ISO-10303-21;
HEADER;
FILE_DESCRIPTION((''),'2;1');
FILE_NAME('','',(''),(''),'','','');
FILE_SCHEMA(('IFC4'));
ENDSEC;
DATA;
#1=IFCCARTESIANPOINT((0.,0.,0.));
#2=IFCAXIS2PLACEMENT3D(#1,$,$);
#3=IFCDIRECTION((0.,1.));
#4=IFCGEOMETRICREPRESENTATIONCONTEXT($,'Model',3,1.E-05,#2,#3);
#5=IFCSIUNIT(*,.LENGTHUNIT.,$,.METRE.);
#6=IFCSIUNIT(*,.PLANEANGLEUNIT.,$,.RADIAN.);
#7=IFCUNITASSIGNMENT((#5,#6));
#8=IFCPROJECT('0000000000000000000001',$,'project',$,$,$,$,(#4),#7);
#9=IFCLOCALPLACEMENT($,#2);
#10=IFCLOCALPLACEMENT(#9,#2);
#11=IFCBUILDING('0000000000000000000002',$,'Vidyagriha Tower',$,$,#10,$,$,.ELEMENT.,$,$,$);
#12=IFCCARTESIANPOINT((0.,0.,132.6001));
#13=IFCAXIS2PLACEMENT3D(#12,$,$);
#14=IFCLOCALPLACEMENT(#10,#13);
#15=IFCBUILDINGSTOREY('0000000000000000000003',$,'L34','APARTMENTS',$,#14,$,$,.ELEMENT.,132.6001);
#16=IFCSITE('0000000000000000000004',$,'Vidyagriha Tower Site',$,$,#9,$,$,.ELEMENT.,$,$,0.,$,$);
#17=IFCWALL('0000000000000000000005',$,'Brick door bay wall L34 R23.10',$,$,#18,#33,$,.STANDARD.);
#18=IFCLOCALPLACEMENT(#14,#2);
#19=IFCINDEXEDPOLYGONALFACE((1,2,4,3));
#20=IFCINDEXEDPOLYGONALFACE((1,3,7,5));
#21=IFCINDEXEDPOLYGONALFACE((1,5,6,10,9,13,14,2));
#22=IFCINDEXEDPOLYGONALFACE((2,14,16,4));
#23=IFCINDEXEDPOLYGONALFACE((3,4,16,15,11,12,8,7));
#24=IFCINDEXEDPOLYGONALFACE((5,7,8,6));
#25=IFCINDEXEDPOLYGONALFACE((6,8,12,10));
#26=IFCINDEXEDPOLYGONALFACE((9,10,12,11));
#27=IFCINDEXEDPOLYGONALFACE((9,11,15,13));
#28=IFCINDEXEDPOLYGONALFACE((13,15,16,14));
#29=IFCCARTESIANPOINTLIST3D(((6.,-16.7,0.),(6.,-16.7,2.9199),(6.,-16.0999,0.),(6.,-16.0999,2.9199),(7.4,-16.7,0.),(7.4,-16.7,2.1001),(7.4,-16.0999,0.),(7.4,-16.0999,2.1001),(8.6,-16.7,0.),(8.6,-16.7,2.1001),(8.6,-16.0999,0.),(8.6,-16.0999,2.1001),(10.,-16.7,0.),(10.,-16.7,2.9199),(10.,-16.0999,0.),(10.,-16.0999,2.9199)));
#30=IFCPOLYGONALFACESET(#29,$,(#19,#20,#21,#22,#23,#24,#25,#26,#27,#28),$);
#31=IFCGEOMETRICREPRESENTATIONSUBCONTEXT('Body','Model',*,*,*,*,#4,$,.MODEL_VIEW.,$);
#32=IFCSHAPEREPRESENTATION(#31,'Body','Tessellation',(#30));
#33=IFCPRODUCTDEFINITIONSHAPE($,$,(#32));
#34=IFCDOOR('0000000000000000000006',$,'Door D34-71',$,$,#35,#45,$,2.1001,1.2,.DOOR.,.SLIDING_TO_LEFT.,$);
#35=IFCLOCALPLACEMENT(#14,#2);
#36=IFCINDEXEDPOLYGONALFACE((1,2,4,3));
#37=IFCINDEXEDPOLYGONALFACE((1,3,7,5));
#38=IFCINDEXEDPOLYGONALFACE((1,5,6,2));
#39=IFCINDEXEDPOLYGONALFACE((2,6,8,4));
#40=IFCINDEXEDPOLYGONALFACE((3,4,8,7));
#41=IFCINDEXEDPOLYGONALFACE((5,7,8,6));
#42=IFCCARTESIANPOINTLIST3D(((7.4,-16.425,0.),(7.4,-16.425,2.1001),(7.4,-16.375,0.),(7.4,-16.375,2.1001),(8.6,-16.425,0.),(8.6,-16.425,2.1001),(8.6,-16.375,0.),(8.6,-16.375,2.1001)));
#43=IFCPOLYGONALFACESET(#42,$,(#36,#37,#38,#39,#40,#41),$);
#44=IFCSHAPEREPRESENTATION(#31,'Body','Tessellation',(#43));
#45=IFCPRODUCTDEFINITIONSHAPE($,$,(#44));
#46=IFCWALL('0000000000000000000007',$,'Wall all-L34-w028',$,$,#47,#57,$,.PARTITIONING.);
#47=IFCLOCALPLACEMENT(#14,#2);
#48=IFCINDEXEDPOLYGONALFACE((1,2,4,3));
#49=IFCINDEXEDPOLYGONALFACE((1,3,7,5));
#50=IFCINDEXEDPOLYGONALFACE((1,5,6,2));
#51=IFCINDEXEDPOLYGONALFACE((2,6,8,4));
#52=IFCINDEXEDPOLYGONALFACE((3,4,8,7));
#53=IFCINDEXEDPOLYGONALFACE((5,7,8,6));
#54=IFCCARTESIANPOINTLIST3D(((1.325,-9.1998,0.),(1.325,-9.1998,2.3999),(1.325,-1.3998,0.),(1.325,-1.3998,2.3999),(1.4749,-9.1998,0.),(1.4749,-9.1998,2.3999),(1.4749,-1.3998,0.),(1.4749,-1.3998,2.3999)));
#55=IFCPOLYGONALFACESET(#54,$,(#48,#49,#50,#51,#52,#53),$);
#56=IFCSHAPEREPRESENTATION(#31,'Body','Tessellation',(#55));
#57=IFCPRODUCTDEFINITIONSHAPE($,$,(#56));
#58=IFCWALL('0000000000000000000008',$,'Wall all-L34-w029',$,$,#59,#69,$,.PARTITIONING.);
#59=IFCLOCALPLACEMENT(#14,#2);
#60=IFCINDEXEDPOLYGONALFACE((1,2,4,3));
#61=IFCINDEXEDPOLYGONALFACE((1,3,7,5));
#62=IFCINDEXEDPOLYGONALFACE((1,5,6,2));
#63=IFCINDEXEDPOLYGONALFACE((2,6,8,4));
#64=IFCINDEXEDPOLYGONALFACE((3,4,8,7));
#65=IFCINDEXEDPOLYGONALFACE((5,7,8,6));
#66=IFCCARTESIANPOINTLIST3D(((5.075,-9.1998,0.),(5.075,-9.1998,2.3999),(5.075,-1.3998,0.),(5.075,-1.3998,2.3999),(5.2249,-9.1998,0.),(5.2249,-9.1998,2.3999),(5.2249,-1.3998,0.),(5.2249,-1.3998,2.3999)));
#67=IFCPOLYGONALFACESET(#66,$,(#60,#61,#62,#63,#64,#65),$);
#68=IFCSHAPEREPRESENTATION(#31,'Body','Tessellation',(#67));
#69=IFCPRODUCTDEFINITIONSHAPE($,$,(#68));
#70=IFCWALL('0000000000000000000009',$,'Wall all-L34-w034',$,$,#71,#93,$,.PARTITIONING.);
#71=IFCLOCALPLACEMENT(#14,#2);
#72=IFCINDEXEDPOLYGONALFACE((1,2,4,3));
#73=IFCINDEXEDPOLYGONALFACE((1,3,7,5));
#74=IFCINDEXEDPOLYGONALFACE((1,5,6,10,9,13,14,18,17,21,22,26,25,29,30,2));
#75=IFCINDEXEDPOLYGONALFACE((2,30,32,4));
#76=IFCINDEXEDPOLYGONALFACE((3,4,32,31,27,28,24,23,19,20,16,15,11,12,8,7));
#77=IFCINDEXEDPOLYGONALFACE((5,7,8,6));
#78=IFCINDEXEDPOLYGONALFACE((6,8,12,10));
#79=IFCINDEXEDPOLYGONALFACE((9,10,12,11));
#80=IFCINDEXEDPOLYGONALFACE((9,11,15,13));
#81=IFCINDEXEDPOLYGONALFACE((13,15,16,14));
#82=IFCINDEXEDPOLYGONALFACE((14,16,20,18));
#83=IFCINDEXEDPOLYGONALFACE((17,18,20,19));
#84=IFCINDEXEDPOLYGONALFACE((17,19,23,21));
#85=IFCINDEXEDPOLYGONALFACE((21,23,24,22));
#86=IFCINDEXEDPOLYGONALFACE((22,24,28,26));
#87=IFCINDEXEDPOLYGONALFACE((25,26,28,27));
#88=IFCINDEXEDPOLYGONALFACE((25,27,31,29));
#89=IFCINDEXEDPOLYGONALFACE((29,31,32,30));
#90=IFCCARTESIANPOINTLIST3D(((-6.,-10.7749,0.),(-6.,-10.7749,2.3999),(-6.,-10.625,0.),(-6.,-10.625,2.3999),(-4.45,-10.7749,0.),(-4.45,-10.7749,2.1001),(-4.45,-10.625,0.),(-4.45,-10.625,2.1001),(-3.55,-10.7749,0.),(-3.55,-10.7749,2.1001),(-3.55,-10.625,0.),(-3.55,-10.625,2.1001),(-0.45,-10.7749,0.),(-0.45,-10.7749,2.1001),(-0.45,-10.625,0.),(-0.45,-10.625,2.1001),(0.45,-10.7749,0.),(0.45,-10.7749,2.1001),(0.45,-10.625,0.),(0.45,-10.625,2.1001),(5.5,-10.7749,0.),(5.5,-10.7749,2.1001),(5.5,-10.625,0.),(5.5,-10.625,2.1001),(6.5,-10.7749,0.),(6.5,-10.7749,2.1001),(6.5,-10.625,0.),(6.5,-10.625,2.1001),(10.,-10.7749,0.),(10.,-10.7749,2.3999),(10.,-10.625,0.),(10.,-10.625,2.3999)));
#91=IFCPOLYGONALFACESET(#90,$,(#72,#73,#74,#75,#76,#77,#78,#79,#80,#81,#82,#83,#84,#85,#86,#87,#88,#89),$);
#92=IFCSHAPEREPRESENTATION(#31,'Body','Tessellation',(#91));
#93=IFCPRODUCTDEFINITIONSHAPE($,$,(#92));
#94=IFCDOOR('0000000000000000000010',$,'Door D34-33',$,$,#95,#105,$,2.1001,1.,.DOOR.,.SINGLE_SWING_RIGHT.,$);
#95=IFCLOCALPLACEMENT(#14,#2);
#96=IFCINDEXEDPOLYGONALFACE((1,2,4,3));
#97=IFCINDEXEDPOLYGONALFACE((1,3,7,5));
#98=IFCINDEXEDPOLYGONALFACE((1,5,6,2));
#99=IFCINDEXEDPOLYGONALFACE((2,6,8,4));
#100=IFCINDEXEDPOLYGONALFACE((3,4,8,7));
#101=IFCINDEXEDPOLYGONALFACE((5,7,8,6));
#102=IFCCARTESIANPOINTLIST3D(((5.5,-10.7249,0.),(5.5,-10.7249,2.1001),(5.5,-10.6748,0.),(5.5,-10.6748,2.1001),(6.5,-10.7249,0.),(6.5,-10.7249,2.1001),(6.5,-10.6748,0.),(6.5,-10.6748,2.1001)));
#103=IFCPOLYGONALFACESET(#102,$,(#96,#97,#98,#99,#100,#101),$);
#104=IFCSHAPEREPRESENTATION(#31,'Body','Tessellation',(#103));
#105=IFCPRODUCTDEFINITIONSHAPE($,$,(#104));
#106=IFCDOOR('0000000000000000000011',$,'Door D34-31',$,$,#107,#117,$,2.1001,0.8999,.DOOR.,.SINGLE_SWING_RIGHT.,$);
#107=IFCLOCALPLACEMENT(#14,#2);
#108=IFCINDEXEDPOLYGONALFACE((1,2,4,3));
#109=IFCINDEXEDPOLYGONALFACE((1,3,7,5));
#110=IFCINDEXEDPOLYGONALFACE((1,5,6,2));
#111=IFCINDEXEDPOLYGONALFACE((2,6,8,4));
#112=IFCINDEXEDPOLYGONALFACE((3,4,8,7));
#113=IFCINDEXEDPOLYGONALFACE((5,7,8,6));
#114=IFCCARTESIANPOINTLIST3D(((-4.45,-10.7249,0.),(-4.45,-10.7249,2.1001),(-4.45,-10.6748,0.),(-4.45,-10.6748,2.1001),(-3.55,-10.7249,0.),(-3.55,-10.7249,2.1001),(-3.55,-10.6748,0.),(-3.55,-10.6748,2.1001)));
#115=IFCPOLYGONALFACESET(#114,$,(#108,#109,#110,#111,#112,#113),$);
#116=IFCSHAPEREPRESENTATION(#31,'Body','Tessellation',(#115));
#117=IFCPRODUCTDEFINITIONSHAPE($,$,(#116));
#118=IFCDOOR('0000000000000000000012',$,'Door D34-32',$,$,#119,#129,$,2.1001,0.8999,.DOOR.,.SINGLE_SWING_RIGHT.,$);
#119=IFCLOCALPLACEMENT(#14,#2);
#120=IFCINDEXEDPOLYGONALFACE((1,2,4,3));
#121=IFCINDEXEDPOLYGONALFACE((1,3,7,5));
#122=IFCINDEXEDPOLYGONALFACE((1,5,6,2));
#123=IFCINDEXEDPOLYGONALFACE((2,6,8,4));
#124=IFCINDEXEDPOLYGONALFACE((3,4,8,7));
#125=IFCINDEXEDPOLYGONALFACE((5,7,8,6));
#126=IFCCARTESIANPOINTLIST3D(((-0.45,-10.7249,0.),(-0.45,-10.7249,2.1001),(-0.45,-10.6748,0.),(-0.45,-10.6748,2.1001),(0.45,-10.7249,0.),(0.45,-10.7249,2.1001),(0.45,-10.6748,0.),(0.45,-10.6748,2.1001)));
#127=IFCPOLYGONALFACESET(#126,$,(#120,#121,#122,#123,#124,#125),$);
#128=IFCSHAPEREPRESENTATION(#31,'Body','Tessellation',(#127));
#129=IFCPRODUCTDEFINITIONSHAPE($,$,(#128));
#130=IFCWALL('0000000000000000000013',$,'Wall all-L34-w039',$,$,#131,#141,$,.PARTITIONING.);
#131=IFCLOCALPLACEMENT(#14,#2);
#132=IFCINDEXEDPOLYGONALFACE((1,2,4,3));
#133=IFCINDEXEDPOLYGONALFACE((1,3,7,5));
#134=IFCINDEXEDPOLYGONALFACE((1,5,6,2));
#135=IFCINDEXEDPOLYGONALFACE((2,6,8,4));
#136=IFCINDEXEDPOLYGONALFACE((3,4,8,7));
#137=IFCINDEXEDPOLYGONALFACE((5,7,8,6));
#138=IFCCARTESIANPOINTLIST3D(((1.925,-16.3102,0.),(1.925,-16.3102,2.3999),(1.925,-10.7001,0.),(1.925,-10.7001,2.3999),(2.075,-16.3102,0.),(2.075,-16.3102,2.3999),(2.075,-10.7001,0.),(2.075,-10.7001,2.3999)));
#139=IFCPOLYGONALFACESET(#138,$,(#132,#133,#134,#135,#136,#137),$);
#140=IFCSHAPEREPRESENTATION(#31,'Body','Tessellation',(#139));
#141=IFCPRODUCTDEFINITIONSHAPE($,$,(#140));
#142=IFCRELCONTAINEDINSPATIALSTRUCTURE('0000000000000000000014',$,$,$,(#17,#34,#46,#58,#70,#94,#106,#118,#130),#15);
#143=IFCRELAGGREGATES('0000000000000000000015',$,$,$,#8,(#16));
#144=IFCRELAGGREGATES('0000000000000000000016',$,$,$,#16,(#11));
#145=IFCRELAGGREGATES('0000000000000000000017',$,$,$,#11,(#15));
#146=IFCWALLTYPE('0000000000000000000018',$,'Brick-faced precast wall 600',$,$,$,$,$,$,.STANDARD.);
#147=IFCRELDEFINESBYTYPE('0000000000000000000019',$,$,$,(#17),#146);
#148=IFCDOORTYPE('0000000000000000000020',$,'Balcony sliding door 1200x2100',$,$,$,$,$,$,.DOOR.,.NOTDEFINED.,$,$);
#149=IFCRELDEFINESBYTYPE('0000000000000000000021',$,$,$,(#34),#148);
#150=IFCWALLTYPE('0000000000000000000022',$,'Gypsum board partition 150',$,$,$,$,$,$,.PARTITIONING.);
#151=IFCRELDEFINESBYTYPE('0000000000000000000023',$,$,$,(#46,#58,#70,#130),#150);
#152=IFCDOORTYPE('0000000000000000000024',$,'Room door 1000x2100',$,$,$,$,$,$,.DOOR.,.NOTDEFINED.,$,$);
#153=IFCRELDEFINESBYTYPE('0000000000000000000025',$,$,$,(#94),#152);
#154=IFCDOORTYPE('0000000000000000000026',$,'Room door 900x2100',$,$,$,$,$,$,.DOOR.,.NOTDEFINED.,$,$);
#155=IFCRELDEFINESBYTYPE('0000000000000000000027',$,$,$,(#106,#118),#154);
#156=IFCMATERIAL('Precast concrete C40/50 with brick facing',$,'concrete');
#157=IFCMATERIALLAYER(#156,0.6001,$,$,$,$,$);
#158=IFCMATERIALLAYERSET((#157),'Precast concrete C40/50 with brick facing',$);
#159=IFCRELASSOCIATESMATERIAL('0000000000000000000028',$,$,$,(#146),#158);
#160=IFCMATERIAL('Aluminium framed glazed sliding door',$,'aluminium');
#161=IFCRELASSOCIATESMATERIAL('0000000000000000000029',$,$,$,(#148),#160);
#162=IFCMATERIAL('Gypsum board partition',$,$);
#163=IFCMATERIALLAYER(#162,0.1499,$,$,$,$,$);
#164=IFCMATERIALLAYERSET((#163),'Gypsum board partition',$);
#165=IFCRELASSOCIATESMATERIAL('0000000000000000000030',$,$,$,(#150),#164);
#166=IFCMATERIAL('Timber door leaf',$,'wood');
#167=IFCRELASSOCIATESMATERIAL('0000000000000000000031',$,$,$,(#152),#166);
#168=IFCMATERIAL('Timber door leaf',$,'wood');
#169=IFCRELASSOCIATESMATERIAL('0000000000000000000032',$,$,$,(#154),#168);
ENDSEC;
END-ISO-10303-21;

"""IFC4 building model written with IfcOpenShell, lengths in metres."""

from ifc_helpers import new_model, si_unit, direction, frame, frame_2d, origin, place, context, subcontext, project, spatial, rectangle, extrude, material, layer, layer_set, type_object, element, fill, save


model = new_model("IFC4")

# Units and contexts
model_context = context("Model", 3, precision=1e-05, world=origin(), true_north=direction((0.0, 1.0)))
body_context = subcontext(model_context, "Body", "Model", "MODEL_VIEW")
ifc_project = project(units=[si_unit("LENGTHUNIT", "METRE"), si_unit("PLANEANGLEUNIT", "RADIAN")], contexts=[model_context])

# Site, building, storey
site_placement = place(None, origin())
site = spatial("IfcSite", under=ifc_project, at=site_placement, Name="Vidyagriha Tower Site", CompositionType="ELEMENT", RefElevation=0.0)
building_placement = place(site_placement, origin())
building = spatial("IfcBuilding", under=site, at=building_placement, Name="Vidyagriha Tower", CompositionType="ELEMENT")
storey_placement = place(building_placement, frame((0.0, 0.0, 132.6001)))
storey = spatial("IfcBuildingStorey", under=building, at=storey_placement, Name="L34", Description="APARTMENTS", CompositionType="ELEMENT", Elevation=132.6001)

# Wall, opening, door
ifc_material_1 = material(Name="Precast concrete C40/50 with brick facing", Category="concrete")
ifc_layer_1 = layer(ifc_material_1, 0.6001)
ifc_layer_set_1 = layer_set([ifc_layer_1], Name="Precast concrete C40/50 with brick facing")
wall_type_1 = type_object("IfcWallType", Name="Brick-faced precast wall 600", PredefinedType="STANDARD", material=ifc_layer_set_1)
wall_1_placement = place(storey_placement, frame((6.0, -16.3999, 0.0)))
wall_1 = element("IfcWall", 1, at=wall_1_placement, inside=storey, type_object=wall_type_1, Name="Brick door bay wall L34 R23.10", PredefinedType="STANDARD", context=body_context, shape_type="SweptSolid", body=[
    extrude(rectangle(XDim=4.0, YDim=0.6001, at=frame_2d((2.0, 0.0))), origin(), (0.0, 0.0, 1.0), 2.9199),
])
opening_1_placement = place(wall_1_placement, frame((1.3999, 0.0, 0.0)))
opening_1 = element("IfcOpeningElement", 2, at=opening_1_placement, cuts=wall_1, PredefinedType="OPENING", context=body_context, shape_type="SweptSolid", body=[
    extrude(rectangle(XDim=1.2, YDim=2.1001, at=frame_2d((0.6001, 1.05))), frame((0.0, 0.3101, 0.0), z_axis=(0.0, -1.0, 0.0), x_axis=(1.0, 0.0, 0.0)), (0.0, 0.0, 1.0), 0.6201),
])
ifc_material_2 = material(Name="Aluminium framed glazed sliding door", Category="aluminium")
door_type_1 = type_object("IfcDoorType", Name="Balcony sliding door 1200x2100", OperationType="NOTDEFINED", PredefinedType="DOOR", material=ifc_material_2)
door_1_placement = place(opening_1_placement, origin())
door_1 = element("IfcDoor", 3, at=door_1_placement, inside=storey, type_object=door_type_1, Name="Door D34-71", OperationType="SLIDING_TO_LEFT", OverallHeight=2.1001, OverallWidth=1.2, PredefinedType="DOOR", context=body_context, shape_type="SweptSolid", body=[
    extrude(rectangle(XDim=1.2, YDim=2.1001, at=frame_2d((0.6001, 1.05))), frame((0.0, 0.0249, 0.0), z_axis=(0.0, -1.0, 0.0), x_axis=(1.0, 0.0, 0.0)), (0.0, 0.0, 1.0), 0.05),
])
fill(opening_1, door_1)

# Walls
ifc_material_3 = material(Name="Gypsum board partition")
ifc_layer_2 = layer(ifc_material_3, 0.1499)
ifc_layer_set_2 = layer_set([ifc_layer_2], Name="Gypsum board partition")
wall_type_2 = type_object("IfcWallType", Name="Gypsum board partition 150", PredefinedType="PARTITIONING", material=ifc_layer_set_2)
for number, where, z_axis, x_axis, name in (
    (4, (1.3999, -1.3999, 0.0), (0.0, 0.0, 1.0), (0.0, -1.0, 0.0), "Wall all-L34-w028"),
    (5, (5.1499, -1.3999, 0.0), (0.0, 0.0, 1.0), (0.0, -1.0, 0.0), "Wall all-L34-w029"),
):
    element("IfcWall", number, at=place(storey_placement, frame(where, z_axis=z_axis, x_axis=x_axis)), inside=storey, type_object=wall_type_2, Name=name, PredefinedType="PARTITIONING", context=body_context, shape_type="SweptSolid", body=[
        extrude(rectangle(XDim=7.8, YDim=0.1499, at=frame_2d((3.8999, 0.0))), origin(), (0.0, 0.0, 1.0), 2.3999),
    ])

# Wall, openings, doors
wall_2_placement = place(storey_placement, frame((10.0, -10.7, 0.0), z_axis=(0.0, 0.0, 1.0), x_axis=(-1.0, 0.0, 0.0)))
wall_2 = element("IfcWall", 6, at=wall_2_placement, inside=storey, type_object=wall_type_2, Name="Wall all-L34-w034", PredefinedType="PARTITIONING", context=body_context, shape_type="SweptSolid", body=[
    extrude(rectangle(XDim=16.0, YDim=0.1499, at=frame_2d((8.0, 0.0))), origin(), (0.0, 0.0, 1.0), 2.3999),
])
opening_2_placement = place(wall_2_placement, frame((13.55, 0.0, 0.0)))
opening_2 = element("IfcOpeningElement", 7, at=opening_2_placement, cuts=wall_2, PredefinedType="OPENING", context=body_context, shape_type="SweptSolid", body=[
    extrude(rectangle(XDim=0.8999, YDim=2.1001, at=frame_2d((0.45, 1.05))), frame((0.0, 0.085, 0.0), z_axis=(0.0, -1.0, 0.0), x_axis=(1.0, 0.0, 0.0)), (0.0, 0.0, 1.0), 0.1699),
])
opening_3_placement = place(wall_2_placement, frame((9.55, 0.0, 0.0)))
opening_3 = element("IfcOpeningElement", 8, at=opening_3_placement, cuts=wall_2, PredefinedType="OPENING", context=body_context, shape_type="SweptSolid", body=[
    extrude(rectangle(XDim=0.8999, YDim=2.1001, at=frame_2d((0.45, 1.05))), frame((0.0, 0.085, 0.0), z_axis=(0.0, -1.0, 0.0), x_axis=(1.0, 0.0, 0.0)), (0.0, 0.0, 1.0), 0.1699),
])
opening_4_placement = place(wall_2_placement, frame((3.5, 0.0, 0.0)))
opening_4 = element("IfcOpeningElement", 9, at=opening_4_placement, cuts=wall_2, PredefinedType="OPENING", context=body_context, shape_type="SweptSolid", body=[
    extrude(rectangle(XDim=1.0, YDim=2.1001, at=frame_2d((0.5, 1.05))), frame((0.0, 0.085, 0.0), z_axis=(0.0, -1.0, 0.0), x_axis=(1.0, 0.0, 0.0)), (0.0, 0.0, 1.0), 0.1699),
])
ifc_material_4 = material(Name="Timber door leaf", Category="wood")
door_type_2 = type_object("IfcDoorType", Name="Room door 1000x2100", OperationType="NOTDEFINED", PredefinedType="DOOR", material=ifc_material_4)
door_2_placement = place(opening_4_placement, origin())
door_2 = element("IfcDoor", 10, at=door_2_placement, inside=storey, type_object=door_type_2, Name="Door D34-33", OperationType="SINGLE_SWING_RIGHT", OverallHeight=2.1001, OverallWidth=1.0, PredefinedType="DOOR", context=body_context, shape_type="SweptSolid", body=[
    extrude(rectangle(XDim=1.0, YDim=2.1001, at=frame_2d((0.5, 1.05))), frame((0.0, 0.0249, 0.0), z_axis=(0.0, -1.0, 0.0), x_axis=(1.0, 0.0, 0.0)), (0.0, 0.0, 1.0), 0.05),
])
fill(opening_4, door_2)
ifc_material_5 = material(Name="Timber door leaf", Category="wood")
door_type_3 = type_object("IfcDoorType", Name="Room door 900x2100", OperationType="NOTDEFINED", PredefinedType="DOOR", material=ifc_material_5)
door_3_placement = place(opening_2_placement, origin())
door_3 = element("IfcDoor", 11, at=door_3_placement, inside=storey, type_object=door_type_3, Name="Door D34-31", OperationType="SINGLE_SWING_RIGHT", OverallHeight=2.1001, OverallWidth=0.8999, PredefinedType="DOOR", context=body_context, shape_type="SweptSolid", body=[
    extrude(rectangle(XDim=0.8999, YDim=2.1001, at=frame_2d((0.45, 1.05))), frame((0.0, 0.0249, 0.0), z_axis=(0.0, -1.0, 0.0), x_axis=(1.0, 0.0, 0.0)), (0.0, 0.0, 1.0), 0.05),
])
fill(opening_2, door_3)
door_4_placement = place(opening_3_placement, origin())
door_4 = element("IfcDoor", 12, at=door_4_placement, inside=storey, type_object=door_type_3, Name="Door D34-32", OperationType="SINGLE_SWING_RIGHT", OverallHeight=2.1001, OverallWidth=0.8999, PredefinedType="DOOR", context=body_context, shape_type="SweptSolid", body=[
    extrude(rectangle(XDim=0.8999, YDim=2.1001, at=frame_2d((0.45, 1.05))), frame((0.0, 0.0249, 0.0), z_axis=(0.0, -1.0, 0.0), x_axis=(1.0, 0.0, 0.0)), (0.0, 0.0, 1.0), 0.05),
])
fill(opening_3, door_4)

# Wall
wall_3_placement = place(storey_placement, frame((2.0, -10.7, 0.0), z_axis=(0.0, 0.0, 1.0), x_axis=(0.0, -1.0, 0.0)))
element("IfcWall", 13, at=wall_3_placement, inside=storey, type_object=wall_type_2, Name="Wall all-L34-w039", PredefinedType="PARTITIONING", context=body_context, shape_type="SweptSolid", body=[
    extrude(rectangle(XDim=5.6101, YDim=0.1499, at=frame_2d((2.8052, 0.0))), origin(), (0.0, 0.0, 1.0), 2.3999),
])

save(model, "model.ifc")
